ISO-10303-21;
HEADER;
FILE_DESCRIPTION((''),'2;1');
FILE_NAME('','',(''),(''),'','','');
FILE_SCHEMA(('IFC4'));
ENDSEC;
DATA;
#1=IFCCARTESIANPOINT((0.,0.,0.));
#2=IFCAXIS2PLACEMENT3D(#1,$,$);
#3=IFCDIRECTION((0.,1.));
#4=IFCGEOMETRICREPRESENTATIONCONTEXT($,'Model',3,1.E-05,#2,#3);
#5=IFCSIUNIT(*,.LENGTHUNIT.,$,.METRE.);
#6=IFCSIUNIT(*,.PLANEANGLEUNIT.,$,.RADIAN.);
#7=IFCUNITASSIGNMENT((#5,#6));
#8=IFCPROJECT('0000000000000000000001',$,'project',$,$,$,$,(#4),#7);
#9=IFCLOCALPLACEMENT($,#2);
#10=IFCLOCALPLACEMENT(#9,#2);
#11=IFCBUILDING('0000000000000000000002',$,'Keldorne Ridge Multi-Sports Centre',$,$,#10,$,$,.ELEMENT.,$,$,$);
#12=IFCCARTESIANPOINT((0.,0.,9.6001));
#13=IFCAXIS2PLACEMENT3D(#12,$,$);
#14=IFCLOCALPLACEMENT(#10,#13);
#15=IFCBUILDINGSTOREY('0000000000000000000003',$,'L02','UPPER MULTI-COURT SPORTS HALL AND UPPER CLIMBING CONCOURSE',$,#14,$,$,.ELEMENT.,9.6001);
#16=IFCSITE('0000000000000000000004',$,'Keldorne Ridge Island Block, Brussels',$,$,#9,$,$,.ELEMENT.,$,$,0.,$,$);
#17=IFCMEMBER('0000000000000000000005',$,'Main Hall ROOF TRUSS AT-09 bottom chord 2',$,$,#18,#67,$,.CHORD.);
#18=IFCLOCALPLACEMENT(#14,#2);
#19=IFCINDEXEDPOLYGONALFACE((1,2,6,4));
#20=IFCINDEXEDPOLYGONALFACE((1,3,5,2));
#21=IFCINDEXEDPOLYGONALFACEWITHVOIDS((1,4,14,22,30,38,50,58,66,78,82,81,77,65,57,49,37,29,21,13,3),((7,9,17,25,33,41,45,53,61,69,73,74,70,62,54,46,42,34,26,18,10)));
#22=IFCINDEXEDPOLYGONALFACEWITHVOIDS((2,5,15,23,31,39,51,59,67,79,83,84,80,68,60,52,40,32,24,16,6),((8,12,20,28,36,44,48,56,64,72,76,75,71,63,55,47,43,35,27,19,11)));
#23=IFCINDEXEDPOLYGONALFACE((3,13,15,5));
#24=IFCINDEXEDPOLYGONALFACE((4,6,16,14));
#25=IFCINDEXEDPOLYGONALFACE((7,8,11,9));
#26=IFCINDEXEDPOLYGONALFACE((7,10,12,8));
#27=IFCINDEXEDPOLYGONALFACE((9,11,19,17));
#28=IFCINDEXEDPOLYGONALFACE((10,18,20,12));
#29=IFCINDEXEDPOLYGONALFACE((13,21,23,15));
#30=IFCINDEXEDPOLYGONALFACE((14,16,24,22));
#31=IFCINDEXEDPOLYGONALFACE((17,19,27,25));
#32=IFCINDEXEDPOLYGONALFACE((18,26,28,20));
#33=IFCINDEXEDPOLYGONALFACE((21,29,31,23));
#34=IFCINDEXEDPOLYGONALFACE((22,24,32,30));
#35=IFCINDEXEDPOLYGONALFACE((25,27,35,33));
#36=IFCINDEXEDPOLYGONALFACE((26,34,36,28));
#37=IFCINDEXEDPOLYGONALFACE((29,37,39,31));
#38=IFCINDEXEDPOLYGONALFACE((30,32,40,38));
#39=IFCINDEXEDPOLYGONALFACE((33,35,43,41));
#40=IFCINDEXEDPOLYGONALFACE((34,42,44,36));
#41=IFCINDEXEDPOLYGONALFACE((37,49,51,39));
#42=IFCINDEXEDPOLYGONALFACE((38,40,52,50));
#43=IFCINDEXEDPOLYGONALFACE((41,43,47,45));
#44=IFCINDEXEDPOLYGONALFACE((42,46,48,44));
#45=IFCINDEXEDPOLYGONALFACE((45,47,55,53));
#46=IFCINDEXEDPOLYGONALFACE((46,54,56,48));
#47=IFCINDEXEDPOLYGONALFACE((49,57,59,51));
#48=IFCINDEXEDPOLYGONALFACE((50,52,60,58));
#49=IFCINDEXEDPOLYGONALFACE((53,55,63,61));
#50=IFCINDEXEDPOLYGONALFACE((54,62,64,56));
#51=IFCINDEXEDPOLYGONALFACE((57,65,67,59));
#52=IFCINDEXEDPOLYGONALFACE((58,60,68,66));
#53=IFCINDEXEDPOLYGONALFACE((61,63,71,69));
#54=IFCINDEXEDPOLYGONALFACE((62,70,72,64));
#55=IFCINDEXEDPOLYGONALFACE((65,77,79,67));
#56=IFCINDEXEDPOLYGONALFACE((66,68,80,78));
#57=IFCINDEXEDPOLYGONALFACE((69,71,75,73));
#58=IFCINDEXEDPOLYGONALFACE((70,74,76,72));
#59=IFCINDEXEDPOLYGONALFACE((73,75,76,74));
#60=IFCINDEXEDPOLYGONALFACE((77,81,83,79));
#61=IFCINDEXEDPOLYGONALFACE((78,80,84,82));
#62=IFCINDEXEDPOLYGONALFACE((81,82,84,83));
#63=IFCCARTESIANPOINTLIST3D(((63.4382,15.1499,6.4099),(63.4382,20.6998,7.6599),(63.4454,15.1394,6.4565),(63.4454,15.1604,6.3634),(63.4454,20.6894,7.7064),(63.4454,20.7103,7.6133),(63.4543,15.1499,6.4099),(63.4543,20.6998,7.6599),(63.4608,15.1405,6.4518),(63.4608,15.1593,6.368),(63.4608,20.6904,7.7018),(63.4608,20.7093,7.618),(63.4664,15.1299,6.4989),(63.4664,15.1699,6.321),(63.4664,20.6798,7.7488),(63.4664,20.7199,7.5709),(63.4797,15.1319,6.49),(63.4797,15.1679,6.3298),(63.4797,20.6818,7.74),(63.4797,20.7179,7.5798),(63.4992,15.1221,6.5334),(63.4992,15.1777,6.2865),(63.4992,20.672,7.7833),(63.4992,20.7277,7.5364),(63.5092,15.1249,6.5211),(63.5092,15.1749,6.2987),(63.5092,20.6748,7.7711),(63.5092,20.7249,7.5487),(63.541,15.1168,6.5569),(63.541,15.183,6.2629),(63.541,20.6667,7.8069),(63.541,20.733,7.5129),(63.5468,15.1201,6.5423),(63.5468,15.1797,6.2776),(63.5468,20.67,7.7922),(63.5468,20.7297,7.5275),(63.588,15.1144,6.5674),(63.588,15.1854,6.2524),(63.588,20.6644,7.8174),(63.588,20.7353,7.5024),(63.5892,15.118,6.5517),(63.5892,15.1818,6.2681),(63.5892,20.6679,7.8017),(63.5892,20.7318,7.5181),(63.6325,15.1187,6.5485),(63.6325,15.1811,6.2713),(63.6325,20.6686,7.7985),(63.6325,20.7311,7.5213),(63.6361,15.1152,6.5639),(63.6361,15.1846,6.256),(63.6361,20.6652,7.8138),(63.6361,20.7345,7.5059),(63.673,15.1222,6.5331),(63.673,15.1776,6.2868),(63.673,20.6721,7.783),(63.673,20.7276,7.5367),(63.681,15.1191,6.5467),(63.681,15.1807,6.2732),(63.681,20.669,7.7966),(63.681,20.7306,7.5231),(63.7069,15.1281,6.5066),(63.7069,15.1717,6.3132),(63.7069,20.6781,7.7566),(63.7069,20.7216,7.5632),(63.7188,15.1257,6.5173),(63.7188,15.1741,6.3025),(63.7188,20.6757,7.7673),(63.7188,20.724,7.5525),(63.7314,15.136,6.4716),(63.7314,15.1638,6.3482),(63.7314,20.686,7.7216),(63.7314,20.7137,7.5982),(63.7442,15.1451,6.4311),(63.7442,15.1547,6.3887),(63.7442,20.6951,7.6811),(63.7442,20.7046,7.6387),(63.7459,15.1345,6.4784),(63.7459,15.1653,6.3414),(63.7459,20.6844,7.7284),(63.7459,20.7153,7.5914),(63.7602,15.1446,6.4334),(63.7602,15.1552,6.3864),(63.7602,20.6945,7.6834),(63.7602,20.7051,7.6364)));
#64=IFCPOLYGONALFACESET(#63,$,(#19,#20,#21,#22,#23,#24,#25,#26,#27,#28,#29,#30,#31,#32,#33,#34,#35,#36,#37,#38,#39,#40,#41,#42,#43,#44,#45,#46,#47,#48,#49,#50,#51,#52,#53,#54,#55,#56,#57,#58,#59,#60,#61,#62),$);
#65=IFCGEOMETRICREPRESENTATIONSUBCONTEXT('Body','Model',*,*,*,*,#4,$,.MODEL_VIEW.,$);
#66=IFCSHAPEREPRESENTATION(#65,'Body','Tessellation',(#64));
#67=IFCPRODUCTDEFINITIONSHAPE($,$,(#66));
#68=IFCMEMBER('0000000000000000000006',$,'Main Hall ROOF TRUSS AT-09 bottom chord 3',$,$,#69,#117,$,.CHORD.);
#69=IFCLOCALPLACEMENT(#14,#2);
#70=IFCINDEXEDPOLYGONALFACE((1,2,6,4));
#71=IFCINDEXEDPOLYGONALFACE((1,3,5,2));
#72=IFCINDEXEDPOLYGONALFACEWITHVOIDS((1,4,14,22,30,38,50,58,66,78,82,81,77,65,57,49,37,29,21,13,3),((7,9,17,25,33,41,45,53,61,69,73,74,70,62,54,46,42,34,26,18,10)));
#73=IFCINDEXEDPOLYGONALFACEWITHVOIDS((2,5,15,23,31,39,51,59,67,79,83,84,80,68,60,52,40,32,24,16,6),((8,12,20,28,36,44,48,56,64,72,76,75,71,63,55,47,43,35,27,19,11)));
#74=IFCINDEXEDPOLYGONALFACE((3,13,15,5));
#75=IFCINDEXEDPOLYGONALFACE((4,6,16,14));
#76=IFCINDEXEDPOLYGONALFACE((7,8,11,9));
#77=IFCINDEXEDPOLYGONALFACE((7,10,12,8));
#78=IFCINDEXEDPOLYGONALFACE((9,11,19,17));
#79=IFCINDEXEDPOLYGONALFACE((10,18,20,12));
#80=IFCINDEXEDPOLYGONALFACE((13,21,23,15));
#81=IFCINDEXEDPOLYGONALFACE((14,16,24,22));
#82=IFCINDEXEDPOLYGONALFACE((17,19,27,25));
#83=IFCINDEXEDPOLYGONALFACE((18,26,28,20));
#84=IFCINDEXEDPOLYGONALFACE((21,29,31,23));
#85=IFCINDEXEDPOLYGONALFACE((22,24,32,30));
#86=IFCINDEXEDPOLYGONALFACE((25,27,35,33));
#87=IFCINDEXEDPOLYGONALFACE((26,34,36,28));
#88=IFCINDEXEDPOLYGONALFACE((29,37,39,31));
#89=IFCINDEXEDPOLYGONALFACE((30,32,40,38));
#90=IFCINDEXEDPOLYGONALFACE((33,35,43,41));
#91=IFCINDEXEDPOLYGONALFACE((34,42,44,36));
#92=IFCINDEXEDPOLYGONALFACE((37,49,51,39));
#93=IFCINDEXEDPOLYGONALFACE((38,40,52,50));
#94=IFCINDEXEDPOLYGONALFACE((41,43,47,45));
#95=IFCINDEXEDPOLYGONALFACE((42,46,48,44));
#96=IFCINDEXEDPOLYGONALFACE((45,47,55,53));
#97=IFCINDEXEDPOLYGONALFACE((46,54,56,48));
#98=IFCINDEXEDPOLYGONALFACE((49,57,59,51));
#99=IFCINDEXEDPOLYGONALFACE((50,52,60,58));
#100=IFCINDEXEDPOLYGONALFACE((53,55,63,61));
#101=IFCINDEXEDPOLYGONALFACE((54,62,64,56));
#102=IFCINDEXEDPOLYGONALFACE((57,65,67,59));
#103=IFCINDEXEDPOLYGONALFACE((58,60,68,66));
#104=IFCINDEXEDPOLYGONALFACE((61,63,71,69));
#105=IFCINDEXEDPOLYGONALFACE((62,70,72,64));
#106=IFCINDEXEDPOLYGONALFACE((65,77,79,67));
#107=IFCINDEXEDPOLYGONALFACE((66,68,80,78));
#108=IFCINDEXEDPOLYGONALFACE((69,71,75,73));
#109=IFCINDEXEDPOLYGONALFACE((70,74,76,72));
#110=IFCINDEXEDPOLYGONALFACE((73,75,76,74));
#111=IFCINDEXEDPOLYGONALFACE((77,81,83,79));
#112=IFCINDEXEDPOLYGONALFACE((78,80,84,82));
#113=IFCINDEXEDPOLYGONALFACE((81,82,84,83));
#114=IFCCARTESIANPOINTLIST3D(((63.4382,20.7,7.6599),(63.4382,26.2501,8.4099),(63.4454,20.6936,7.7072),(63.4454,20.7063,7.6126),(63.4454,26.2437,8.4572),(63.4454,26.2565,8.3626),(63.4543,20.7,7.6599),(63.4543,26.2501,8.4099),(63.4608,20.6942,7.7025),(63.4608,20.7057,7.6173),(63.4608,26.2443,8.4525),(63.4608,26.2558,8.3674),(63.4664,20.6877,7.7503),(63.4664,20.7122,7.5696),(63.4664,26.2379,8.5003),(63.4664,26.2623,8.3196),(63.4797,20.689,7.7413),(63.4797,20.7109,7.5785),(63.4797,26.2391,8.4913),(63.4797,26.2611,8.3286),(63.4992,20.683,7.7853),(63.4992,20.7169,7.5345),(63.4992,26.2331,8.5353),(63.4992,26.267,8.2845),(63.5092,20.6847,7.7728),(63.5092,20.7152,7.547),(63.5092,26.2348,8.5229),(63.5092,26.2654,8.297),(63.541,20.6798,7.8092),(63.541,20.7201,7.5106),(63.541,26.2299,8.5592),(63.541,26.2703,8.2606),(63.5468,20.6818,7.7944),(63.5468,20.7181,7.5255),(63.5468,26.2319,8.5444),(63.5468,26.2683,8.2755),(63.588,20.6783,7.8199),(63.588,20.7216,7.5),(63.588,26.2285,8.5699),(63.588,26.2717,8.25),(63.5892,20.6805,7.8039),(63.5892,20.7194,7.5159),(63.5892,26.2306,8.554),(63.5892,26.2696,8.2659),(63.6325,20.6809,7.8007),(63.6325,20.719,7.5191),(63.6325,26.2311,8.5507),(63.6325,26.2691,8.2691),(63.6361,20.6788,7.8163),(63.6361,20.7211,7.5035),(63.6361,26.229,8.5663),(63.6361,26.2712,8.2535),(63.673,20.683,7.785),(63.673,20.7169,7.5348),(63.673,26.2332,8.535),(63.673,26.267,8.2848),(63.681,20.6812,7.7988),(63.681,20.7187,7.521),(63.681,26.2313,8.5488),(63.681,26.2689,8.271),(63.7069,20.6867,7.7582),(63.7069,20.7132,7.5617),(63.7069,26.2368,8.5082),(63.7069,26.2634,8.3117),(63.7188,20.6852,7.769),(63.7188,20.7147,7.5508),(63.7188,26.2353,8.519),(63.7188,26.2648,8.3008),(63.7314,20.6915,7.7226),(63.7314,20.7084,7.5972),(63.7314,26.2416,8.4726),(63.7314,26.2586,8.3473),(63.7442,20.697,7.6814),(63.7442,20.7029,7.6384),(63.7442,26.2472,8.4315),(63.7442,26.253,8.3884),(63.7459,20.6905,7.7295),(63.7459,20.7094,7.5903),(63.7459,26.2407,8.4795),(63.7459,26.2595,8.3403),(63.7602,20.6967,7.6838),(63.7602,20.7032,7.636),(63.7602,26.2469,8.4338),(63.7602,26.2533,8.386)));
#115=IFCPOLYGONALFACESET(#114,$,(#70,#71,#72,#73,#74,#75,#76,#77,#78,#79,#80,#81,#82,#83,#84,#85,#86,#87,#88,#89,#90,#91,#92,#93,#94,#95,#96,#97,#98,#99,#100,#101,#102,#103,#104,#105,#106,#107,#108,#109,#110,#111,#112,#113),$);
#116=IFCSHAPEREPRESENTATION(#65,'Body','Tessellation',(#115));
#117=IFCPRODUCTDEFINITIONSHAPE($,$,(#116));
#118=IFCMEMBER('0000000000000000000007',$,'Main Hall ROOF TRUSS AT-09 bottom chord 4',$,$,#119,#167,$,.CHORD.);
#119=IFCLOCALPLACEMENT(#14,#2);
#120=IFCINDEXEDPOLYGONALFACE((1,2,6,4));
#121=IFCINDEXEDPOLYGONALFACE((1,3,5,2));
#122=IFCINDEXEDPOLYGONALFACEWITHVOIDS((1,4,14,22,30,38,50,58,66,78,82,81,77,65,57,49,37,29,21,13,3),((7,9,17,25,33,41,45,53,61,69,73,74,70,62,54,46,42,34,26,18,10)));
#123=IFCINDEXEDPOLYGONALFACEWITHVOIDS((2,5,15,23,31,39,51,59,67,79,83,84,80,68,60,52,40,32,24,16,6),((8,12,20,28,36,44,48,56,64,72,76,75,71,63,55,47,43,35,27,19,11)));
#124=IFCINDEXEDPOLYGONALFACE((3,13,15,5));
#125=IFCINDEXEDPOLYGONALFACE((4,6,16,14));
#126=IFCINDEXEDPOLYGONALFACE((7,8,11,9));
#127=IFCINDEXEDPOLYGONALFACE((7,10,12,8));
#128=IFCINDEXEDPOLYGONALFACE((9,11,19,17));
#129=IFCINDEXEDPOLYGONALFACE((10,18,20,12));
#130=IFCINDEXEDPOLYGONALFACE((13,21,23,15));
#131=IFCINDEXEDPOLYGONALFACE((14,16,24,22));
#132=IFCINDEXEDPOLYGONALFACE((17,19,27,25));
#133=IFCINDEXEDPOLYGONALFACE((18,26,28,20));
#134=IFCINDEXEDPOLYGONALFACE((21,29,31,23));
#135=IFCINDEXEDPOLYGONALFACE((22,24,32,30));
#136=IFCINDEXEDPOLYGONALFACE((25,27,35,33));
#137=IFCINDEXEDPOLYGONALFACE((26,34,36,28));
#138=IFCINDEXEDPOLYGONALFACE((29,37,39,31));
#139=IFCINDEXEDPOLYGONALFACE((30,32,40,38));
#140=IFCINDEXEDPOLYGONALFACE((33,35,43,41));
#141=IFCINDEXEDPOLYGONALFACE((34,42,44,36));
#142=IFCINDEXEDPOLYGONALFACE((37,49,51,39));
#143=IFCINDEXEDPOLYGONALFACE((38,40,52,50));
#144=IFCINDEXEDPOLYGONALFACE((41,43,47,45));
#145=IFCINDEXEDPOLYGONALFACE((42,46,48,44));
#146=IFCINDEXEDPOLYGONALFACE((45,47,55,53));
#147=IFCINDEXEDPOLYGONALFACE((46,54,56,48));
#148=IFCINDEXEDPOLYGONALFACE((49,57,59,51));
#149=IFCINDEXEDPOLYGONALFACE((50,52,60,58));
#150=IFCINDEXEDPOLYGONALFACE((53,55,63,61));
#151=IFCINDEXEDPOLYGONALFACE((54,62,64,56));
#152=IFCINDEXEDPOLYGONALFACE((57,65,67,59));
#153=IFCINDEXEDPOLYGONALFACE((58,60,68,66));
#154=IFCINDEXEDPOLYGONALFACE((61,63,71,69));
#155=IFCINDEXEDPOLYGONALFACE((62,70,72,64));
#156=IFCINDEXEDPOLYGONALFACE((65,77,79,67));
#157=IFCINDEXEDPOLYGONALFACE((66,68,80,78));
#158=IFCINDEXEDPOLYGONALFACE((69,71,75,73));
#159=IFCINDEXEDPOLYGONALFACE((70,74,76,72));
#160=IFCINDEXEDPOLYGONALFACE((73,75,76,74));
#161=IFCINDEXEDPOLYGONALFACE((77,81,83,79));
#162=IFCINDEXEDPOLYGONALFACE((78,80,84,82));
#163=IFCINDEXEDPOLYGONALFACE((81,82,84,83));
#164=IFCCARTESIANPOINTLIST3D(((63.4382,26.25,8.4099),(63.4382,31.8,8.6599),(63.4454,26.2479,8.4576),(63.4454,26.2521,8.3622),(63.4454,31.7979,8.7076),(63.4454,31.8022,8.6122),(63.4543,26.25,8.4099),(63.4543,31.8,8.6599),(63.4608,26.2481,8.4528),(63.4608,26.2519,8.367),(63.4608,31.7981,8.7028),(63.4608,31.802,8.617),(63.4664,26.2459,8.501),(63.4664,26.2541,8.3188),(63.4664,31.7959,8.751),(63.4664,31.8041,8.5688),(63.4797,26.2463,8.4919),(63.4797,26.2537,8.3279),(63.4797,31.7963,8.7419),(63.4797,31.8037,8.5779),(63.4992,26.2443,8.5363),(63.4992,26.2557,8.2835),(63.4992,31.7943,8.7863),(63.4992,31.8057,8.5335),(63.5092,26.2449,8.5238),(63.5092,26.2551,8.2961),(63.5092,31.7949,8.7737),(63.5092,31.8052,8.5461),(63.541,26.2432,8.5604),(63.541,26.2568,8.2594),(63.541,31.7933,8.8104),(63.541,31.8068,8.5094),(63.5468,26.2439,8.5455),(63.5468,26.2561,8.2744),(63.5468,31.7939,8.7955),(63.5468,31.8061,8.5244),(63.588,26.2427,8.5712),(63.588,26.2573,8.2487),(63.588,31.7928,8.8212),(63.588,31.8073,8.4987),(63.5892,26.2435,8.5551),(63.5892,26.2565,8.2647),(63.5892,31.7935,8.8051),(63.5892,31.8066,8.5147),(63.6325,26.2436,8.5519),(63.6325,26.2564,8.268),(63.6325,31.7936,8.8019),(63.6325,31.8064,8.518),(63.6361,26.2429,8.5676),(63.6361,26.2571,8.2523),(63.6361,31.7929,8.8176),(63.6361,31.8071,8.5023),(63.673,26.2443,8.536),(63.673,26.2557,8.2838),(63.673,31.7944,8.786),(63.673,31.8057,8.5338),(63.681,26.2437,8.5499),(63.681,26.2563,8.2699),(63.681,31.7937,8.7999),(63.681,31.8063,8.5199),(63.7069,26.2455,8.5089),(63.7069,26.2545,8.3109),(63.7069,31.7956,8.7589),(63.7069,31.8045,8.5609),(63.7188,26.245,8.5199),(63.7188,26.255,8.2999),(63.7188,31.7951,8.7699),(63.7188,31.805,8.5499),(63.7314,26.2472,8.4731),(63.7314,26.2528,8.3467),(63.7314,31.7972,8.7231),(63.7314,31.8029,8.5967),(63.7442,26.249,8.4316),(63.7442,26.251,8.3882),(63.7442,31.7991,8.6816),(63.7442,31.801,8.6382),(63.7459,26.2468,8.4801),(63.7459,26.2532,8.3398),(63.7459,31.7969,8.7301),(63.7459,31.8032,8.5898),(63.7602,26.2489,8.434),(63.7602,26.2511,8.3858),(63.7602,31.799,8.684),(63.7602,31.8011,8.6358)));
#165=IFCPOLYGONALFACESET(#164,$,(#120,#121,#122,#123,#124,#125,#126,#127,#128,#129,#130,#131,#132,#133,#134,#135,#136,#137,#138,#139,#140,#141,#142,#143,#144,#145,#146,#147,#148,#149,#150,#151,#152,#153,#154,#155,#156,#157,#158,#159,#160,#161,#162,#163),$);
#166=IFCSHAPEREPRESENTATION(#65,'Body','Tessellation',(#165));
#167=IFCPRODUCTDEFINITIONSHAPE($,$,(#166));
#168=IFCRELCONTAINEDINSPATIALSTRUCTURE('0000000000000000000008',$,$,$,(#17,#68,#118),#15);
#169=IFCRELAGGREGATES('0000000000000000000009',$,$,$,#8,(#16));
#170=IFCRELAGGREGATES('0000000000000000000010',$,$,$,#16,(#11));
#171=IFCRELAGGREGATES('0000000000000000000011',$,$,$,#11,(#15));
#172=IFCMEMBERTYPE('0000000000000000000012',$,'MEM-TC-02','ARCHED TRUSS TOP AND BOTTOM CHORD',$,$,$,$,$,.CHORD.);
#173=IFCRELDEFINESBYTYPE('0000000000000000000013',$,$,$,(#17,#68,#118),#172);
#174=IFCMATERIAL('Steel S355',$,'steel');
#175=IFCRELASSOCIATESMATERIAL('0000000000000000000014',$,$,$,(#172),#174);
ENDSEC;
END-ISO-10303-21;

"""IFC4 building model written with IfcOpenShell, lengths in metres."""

from ifc_helpers import new_model, si_unit, direction, frame, origin, origin_2d, place, context, subcontext, project, spatial, hollow_circle, extrude, material, material_profile, profile_set, type_object, element, save


model = new_model("IFC4")

# Units and contexts
model_context = context("Model", 3, precision=1e-05, world=origin(), true_north=direction((0.0, 1.0)))
body_context = subcontext(model_context, "Body", "Model", "MODEL_VIEW")
ifc_project = project(units=[si_unit("LENGTHUNIT", "METRE"), si_unit("PLANEANGLEUNIT", "RADIAN")], contexts=[model_context])

# Site, building, storey
site_placement = place(None, origin())
site = spatial("IfcSite", under=ifc_project, at=site_placement, Name="Keldorne Ridge Island Block, Brussels", CompositionType="ELEMENT", RefElevation=0.0)
building_placement = place(site_placement, origin())
building = spatial("IfcBuilding", under=site, at=building_placement, Name="Keldorne Ridge Multi-Sports Centre", CompositionType="ELEMENT")
storey_placement = place(building_placement, frame((0.0, 0.0, 9.6001)))
storey = spatial("IfcBuildingStorey", under=building, at=storey_placement, Name="L02", Description="UPPER MULTI-COURT SPORTS HALL AND UPPER CLIMBING CONCOURSE", CompositionType="ELEMENT", Elevation=9.6001)

# Shared definitions
ifc_material = material(Name="Steel S355", Category="steel")

# Members
ifc_material_profile_1 = material_profile(ifc_material, hollow_circle(Radius=0.1619, WallThickness=0.0161, at=origin_2d()), Name="CHS 323.9x16")
ifc_profile_set_1 = profile_set([ifc_material_profile_1], Name="Steel S355")
member_type_1 = type_object("IfcMemberType", Name="MEM-TC-02", Description="ARCHED TRUSS TOP AND BOTTOM CHORD", PredefinedType="CHORD", material=ifc_profile_set_1)
member_1_placement = place(storey_placement, frame((63.6001, 15.1499, 6.4099), z_axis=(0.0, 0.975563, 0.219719), x_axis=(-1.0, 0.0, 0.0)))
element("IfcMember", 1, at=member_1_placement, inside=storey, type_object=member_type_1, Name="Main Hall ROOF TRUSS AT-09 bottom chord 2", PredefinedType="CHORD", context=body_context, shape_type="SweptSolid", body=[
    extrude(hollow_circle(Radius=0.1619, WallThickness=0.0161, at=origin_2d()), origin(), (0.0, 0.0, 1.0), 5.689),
])
member_2_placement = place(storey_placement, frame((63.6001, 20.7, 7.6599), z_axis=(0.0, 0.990993, 0.133917), x_axis=(-1.0, 0.0, 0.0)))
element("IfcMember", 2, at=member_2_placement, inside=storey, type_object=member_type_1, Name="Main Hall ROOF TRUSS AT-09 bottom chord 3", PredefinedType="CHORD", context=body_context, shape_type="SweptSolid", body=[
    extrude(hollow_circle(Radius=0.1619, WallThickness=0.0161, at=origin_2d()), origin(), (0.0, 0.0, 1.0), 5.6006),
])
member_3_placement = place(storey_placement, frame((63.6001, 26.25, 8.4099), z_axis=(0.0, 0.998987, 0.044999), x_axis=(-1.0, 0.0, 0.0)))
element("IfcMember", 3, at=member_3_placement, inside=storey, type_object=member_type_1, Name="Main Hall ROOF TRUSS AT-09 bottom chord 4", PredefinedType="CHORD", context=body_context, shape_type="SweptSolid", body=[
    extrude(hollow_circle(Radius=0.1619, WallThickness=0.0161, at=origin_2d()), origin(), (0.0, 0.0, 1.0), 5.5557),
])

save(model, "model.ifc")
